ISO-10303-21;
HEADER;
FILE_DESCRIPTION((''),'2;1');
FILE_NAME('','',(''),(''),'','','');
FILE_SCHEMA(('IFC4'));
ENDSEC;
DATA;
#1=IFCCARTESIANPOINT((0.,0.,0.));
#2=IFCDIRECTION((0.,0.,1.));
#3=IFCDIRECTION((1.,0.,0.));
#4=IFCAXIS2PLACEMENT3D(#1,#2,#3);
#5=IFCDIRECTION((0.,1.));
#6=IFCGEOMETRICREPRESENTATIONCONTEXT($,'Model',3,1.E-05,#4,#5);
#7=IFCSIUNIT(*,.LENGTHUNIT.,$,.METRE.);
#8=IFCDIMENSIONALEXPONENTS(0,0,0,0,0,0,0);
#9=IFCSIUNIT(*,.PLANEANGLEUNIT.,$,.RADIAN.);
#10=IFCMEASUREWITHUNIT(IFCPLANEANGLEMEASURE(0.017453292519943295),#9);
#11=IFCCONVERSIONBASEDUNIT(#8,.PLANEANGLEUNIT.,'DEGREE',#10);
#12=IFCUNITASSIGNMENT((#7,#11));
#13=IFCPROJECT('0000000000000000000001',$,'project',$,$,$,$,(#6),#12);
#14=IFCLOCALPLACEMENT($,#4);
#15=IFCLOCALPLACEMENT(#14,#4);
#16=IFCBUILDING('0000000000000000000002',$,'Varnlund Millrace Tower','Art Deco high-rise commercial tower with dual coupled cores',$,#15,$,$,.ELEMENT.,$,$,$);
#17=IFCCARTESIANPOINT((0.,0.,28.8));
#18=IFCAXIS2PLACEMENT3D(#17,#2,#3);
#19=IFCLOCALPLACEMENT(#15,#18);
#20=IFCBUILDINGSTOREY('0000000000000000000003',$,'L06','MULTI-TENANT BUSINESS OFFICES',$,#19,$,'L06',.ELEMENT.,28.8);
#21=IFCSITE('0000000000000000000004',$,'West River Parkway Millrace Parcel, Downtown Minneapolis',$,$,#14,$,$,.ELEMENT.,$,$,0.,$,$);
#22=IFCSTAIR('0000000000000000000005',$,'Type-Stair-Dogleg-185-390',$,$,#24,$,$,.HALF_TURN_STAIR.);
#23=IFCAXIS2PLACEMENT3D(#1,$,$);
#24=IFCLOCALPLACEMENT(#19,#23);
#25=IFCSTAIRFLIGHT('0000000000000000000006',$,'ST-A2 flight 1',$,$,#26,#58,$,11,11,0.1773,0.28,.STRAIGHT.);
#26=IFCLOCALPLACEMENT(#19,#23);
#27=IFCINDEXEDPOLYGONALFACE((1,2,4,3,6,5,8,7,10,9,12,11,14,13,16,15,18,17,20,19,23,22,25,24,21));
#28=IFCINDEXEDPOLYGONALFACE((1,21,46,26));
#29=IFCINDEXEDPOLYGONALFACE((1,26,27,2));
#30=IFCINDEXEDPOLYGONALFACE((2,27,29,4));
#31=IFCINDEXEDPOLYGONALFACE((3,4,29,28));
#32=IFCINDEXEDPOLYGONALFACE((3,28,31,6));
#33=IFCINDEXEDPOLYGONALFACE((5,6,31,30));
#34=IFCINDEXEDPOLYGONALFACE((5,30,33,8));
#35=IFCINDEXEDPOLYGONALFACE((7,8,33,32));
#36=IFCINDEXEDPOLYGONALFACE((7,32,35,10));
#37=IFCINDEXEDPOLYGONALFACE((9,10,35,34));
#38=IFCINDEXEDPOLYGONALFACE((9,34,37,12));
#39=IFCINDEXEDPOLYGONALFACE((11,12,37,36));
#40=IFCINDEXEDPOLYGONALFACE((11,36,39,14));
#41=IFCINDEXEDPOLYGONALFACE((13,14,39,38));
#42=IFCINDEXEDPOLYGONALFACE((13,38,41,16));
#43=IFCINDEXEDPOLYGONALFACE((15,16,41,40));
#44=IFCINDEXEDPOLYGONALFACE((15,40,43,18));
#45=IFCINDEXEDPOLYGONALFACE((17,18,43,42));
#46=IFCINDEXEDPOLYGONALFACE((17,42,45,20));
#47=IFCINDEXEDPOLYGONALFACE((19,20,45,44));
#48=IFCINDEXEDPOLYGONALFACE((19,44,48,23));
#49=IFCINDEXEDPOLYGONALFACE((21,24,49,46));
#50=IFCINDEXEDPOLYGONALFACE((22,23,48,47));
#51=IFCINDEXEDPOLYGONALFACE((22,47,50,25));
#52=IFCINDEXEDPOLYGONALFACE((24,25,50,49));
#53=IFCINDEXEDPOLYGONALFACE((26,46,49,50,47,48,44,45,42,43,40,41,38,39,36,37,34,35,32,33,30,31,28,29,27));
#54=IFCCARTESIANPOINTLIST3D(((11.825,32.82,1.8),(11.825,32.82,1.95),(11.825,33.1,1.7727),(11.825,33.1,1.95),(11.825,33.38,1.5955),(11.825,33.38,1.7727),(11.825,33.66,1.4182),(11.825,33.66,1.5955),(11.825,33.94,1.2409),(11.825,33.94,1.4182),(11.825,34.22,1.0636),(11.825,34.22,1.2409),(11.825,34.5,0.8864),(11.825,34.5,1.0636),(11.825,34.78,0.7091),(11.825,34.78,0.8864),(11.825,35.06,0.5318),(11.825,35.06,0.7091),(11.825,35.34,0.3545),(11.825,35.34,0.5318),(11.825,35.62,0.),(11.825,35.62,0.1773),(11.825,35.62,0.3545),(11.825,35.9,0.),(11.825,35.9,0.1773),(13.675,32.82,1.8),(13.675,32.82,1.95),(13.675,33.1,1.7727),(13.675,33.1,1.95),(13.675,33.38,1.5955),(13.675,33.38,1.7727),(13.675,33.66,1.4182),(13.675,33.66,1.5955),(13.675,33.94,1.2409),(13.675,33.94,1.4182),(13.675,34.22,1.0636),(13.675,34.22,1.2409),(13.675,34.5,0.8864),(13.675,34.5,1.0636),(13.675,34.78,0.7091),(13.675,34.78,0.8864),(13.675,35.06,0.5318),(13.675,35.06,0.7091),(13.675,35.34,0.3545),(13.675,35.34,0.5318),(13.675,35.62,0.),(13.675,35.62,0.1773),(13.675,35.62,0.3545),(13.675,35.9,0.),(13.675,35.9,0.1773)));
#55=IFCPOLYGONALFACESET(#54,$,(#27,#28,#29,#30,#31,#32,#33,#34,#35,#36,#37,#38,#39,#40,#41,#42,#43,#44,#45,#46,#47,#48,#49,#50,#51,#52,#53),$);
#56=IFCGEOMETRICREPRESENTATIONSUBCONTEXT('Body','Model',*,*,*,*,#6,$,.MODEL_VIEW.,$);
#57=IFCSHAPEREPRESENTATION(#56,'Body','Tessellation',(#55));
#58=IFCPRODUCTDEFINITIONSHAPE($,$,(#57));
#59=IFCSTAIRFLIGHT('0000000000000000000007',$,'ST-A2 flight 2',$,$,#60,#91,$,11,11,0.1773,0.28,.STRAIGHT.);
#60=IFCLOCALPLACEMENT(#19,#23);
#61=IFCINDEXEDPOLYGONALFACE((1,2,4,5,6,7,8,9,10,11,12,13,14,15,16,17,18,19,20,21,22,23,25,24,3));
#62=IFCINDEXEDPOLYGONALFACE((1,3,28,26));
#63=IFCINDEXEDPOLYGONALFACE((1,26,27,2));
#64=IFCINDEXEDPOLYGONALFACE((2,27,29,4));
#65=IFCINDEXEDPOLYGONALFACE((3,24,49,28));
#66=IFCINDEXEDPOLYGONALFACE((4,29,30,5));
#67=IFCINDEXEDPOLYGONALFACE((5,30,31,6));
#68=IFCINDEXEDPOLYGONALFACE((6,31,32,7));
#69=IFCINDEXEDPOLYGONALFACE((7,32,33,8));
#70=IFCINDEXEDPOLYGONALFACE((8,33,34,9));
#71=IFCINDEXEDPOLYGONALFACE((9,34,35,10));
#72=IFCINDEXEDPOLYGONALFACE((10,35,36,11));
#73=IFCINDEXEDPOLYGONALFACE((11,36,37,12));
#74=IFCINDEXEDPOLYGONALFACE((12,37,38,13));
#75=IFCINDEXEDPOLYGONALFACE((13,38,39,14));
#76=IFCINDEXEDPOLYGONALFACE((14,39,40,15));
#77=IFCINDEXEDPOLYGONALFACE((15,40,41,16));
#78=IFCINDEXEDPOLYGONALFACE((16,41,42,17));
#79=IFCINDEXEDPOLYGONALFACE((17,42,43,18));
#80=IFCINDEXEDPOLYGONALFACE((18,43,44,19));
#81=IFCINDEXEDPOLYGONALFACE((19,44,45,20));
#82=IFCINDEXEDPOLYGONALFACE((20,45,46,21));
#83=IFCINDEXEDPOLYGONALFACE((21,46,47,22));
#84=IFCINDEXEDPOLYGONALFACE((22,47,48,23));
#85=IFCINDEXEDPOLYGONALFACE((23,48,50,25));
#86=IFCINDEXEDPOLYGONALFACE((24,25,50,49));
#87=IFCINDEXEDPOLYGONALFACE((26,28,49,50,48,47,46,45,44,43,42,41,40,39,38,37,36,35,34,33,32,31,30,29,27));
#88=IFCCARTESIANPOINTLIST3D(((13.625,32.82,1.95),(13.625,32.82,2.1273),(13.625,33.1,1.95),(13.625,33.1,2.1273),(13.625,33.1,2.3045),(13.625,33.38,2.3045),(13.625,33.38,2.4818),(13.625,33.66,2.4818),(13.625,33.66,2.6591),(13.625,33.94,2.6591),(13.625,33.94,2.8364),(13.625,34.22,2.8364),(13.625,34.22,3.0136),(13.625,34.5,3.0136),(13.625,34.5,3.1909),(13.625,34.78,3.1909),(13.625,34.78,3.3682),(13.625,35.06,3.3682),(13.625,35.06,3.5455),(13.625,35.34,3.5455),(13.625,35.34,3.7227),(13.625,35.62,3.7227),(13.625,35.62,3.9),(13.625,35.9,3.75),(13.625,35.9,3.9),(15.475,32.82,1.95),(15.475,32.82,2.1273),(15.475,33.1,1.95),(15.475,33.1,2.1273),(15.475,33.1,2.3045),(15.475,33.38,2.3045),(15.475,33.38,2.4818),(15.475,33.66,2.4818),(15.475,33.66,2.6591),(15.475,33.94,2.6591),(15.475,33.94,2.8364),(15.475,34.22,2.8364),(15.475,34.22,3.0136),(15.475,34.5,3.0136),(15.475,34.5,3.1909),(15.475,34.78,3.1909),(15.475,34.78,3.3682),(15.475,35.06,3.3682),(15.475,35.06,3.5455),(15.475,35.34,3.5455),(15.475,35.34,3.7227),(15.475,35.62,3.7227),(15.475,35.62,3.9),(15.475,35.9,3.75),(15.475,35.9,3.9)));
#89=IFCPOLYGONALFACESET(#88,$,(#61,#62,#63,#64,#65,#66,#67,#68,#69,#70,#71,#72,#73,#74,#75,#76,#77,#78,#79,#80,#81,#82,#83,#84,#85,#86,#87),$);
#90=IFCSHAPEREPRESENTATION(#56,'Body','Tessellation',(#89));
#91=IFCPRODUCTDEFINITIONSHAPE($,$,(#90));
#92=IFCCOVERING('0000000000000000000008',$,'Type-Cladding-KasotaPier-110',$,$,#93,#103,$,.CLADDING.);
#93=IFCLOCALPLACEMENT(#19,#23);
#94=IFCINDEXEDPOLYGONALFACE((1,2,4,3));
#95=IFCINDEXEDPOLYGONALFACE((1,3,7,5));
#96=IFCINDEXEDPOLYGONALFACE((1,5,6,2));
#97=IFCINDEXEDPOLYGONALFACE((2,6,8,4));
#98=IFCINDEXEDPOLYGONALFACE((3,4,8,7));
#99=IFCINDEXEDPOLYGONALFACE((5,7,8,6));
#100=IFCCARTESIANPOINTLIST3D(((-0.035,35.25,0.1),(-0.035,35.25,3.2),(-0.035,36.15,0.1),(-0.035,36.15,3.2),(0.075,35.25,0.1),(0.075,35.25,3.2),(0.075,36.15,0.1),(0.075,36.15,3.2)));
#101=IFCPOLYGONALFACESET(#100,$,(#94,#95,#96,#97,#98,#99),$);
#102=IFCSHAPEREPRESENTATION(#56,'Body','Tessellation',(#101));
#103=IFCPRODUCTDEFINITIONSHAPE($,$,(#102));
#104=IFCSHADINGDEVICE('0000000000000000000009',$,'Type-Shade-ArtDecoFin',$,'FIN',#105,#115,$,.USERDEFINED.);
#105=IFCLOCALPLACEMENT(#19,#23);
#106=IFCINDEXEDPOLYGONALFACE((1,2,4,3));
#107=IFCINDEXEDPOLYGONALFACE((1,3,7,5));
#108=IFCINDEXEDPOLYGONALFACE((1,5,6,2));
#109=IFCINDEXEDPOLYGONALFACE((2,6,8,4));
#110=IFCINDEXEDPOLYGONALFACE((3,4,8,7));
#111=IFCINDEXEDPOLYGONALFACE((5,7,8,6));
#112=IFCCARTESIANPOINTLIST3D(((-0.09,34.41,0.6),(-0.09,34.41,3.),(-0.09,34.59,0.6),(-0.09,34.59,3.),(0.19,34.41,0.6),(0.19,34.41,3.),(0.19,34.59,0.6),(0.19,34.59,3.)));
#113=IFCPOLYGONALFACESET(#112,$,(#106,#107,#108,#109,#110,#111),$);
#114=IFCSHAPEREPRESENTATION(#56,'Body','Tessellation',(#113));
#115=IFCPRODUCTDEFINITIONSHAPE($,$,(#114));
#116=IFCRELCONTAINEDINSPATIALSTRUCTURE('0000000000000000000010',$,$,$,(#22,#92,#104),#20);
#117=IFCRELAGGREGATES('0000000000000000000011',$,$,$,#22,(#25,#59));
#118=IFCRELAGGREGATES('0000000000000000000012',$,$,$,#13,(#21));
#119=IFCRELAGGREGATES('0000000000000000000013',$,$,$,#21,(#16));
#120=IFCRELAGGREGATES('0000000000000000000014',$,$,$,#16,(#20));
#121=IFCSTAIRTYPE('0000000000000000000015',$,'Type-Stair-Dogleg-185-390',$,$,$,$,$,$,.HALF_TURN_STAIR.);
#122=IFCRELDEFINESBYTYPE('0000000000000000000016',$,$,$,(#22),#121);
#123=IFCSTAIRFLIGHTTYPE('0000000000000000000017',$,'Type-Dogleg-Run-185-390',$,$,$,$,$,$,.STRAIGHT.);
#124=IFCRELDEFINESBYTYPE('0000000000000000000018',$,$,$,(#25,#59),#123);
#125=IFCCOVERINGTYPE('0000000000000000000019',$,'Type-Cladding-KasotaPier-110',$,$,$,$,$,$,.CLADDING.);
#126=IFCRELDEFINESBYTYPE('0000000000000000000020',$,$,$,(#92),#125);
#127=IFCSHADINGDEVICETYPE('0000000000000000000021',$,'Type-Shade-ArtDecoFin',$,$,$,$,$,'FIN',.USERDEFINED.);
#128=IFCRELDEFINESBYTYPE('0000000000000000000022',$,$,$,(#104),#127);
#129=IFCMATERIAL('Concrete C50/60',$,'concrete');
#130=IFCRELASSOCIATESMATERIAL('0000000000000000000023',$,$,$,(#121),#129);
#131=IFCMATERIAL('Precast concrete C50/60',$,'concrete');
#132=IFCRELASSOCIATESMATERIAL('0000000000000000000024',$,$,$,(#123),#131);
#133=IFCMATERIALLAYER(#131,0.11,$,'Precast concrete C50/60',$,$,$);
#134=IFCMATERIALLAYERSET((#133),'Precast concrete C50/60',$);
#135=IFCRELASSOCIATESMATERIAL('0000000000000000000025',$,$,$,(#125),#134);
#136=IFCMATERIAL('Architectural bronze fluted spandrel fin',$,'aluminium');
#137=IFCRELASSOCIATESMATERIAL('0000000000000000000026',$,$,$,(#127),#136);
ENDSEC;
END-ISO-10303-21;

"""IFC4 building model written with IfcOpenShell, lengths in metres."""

from ifc_helpers import new_model, entity, si_unit, converted_unit, direction, frame, origin_with_axes, origin_2d_with_axis, place, context, subcontext, project, spatial, polyline, rectangle, outline, extrude, material, layer, layer_set, type_object, element, aggregate, save


model = new_model("IFC4")

# Units and contexts
model_context = context("Model", 3, precision=1e-05, world=origin_with_axes(), true_north=direction((0.0, 1.0)))
body_context = subcontext(model_context, "Body", "Model", "MODEL_VIEW")
ifc_project = project(units=[si_unit("LENGTHUNIT", "METRE"), converted_unit("PLANEANGLEUNIT", "DEGREE", entity("IfcPlaneAngleMeasure", 0.017453292519943295), si_unit("PLANEANGLEUNIT", "RADIAN"), dimensions=[0, 0, 0, 0, 0, 0, 0])], contexts=[model_context])

# Site, building, storey
site_placement = place(None, origin_with_axes())
site = spatial("IfcSite", under=ifc_project, at=site_placement, Name="West River Parkway Millrace Parcel, Downtown Minneapolis", CompositionType="ELEMENT", RefElevation=0.0)
building_placement = place(site_placement, origin_with_axes())
building = spatial("IfcBuilding", under=site, at=building_placement, Name="Varnlund Millrace Tower", Description="Art Deco high-rise commercial tower with dual coupled cores", CompositionType="ELEMENT")
storey_placement = place(building_placement, frame((0.0, 0.0, 28.8), z_axis=(0.0, 0.0, 1.0), x_axis=(1.0, 0.0, 0.0)))
storey = spatial("IfcBuildingStorey", under=building, at=storey_placement, Name="L06", Description="MULTI-TENANT BUSINESS OFFICES", LongName="L06", CompositionType="ELEMENT", Elevation=28.8)

# Stair, stair flights
ifc_material_1 = material(Name="Concrete C50/60", Category="concrete")
stair_type = type_object("IfcStairType", Name="Type-Stair-Dogleg-185-390", PredefinedType="HALF_TURN_STAIR", material=ifc_material_1)
stair_placement = place(storey_placement, origin_with_axes())
stair = element("IfcStair", 1, at=stair_placement, inside=storey, type_object=stair_type, Name="Type-Stair-Dogleg-185-390", PredefinedType="HALF_TURN_STAIR")
ifc_material_2 = material(Name="Precast concrete C50/60", Category="concrete")
stair_flight_type = type_object("IfcStairFlightType", Name="Type-Dogleg-Run-185-390", PredefinedType="STRAIGHT", material=ifc_material_2)
stair_flight_1_placement = place(storey_placement, frame((13.675, 35.9, 0.0), z_axis=(-1.0, 0.0, 0.0), x_axis=(0.0, -1.0, 0.0)))
stair_flight_1 = element("IfcStairFlight", 2, at=stair_flight_1_placement, type_object=stair_flight_type, Name="ST-A2 flight 1", NumberOfRisers=11, NumberOfTreads=11, PredefinedType="STRAIGHT", RiserHeight=0.1773, TreadLength=0.28, context=body_context, shape_type="SweptSolid", body=[
    extrude(outline(polyline([(0.0, 0.0), (0.0, 0.1773), (0.28, 0.1773), (0.28, 0.3545), (0.56, 0.3545), (0.56, 0.5318), (0.84, 0.5318), (0.84, 0.7091), (1.12, 0.7091), (1.12, 0.8864), (1.4, 0.8864), (1.4, 1.0636), (1.68, 1.0636), (1.68, 1.2409), (1.96, 1.2409), (1.96, 1.4182), (2.24, 1.4182), (2.24, 1.5955), (2.52, 1.5955), (2.52, 1.7727), (2.8, 1.7727), (2.8, 1.95), (3.08, 1.95), (3.08, 1.8), (0.28, 0.0), (0.0, 0.0)])), origin_with_axes(), (0.0, 0.0, 1.0), 1.85),
])
stair_flight_2_placement = place(storey_placement, frame((13.625, 32.82, 1.95), z_axis=(1.0, 0.0, 0.0), x_axis=(0.0, 1.0, 0.0)))
stair_flight_2 = element("IfcStairFlight", 3, at=stair_flight_2_placement, type_object=stair_flight_type, Name="ST-A2 flight 2", NumberOfRisers=11, NumberOfTreads=11, PredefinedType="STRAIGHT", RiserHeight=0.1773, TreadLength=0.28, context=body_context, shape_type="SweptSolid", body=[
    extrude(outline(polyline([(0.0, 0.0), (0.0, 0.1773), (0.28, 0.1773), (0.28, 0.3545), (0.56, 0.3545), (0.56, 0.5318), (0.84, 0.5318), (0.84, 0.7091), (1.12, 0.7091), (1.12, 0.8864), (1.4, 0.8864), (1.4, 1.0636), (1.68, 1.0636), (1.68, 1.2409), (1.96, 1.2409), (1.96, 1.4182), (2.24, 1.4182), (2.24, 1.5955), (2.52, 1.5955), (2.52, 1.7727), (2.8, 1.7727), (2.8, 1.95), (3.08, 1.95), (3.08, 1.8), (0.28, 0.0), (0.0, 0.0)])), origin_with_axes(), (0.0, 0.0, 1.0), 1.85),
])
aggregate(stair, [stair_flight_1, stair_flight_2])

# Covering
ifc_layer_1 = layer(ifc_material_2, 0.11, Name="Precast concrete C50/60")
ifc_layer_set_1 = layer_set([ifc_layer_1], Name="Precast concrete C50/60")
covering_type = type_object("IfcCoveringType", Name="Type-Cladding-KasotaPier-110", PredefinedType="CLADDING", material=ifc_layer_set_1)
covering_placement = place(storey_placement, frame((0.02, 35.7, 0.1), z_axis=(0.0, 0.0, 1.0), x_axis=(1.0, 0.0, 0.0)))
element("IfcCovering", 4, at=covering_placement, inside=storey, type_object=covering_type, Name="Type-Cladding-KasotaPier-110", PredefinedType="CLADDING", context=body_context, shape_type="SweptSolid", body=[
    extrude(rectangle(XDim=0.11, YDim=0.9, at=origin_2d_with_axis()), origin_with_axes(), (0.0, 0.0, 1.0), 3.1),
])

# Shading device
ifc_material_3 = material(Name="Architectural bronze fluted spandrel fin", Category="aluminium")
shading_device_type = type_object("IfcShadingDeviceType", Name="Type-Shade-ArtDecoFin", ElementType="FIN", PredefinedType="USERDEFINED", material=ifc_material_3)
shading_device_placement = place(storey_placement, frame((0.05, 34.5, 0.6), z_axis=(0.0, 0.0, 1.0), x_axis=(1.0, 0.0, 0.0)))
element("IfcShadingDevice", 5, at=shading_device_placement, inside=storey, type_object=shading_device_type, Name="Type-Shade-ArtDecoFin", ObjectType="FIN", PredefinedType="USERDEFINED", context=body_context, shape_type="SweptSolid", body=[
    extrude(rectangle(XDim=0.28, YDim=0.18, at=origin_2d_with_axis()), origin_with_axes(), (0.0, 0.0, 1.0), 2.4),
])

save(model, "model.ifc")
